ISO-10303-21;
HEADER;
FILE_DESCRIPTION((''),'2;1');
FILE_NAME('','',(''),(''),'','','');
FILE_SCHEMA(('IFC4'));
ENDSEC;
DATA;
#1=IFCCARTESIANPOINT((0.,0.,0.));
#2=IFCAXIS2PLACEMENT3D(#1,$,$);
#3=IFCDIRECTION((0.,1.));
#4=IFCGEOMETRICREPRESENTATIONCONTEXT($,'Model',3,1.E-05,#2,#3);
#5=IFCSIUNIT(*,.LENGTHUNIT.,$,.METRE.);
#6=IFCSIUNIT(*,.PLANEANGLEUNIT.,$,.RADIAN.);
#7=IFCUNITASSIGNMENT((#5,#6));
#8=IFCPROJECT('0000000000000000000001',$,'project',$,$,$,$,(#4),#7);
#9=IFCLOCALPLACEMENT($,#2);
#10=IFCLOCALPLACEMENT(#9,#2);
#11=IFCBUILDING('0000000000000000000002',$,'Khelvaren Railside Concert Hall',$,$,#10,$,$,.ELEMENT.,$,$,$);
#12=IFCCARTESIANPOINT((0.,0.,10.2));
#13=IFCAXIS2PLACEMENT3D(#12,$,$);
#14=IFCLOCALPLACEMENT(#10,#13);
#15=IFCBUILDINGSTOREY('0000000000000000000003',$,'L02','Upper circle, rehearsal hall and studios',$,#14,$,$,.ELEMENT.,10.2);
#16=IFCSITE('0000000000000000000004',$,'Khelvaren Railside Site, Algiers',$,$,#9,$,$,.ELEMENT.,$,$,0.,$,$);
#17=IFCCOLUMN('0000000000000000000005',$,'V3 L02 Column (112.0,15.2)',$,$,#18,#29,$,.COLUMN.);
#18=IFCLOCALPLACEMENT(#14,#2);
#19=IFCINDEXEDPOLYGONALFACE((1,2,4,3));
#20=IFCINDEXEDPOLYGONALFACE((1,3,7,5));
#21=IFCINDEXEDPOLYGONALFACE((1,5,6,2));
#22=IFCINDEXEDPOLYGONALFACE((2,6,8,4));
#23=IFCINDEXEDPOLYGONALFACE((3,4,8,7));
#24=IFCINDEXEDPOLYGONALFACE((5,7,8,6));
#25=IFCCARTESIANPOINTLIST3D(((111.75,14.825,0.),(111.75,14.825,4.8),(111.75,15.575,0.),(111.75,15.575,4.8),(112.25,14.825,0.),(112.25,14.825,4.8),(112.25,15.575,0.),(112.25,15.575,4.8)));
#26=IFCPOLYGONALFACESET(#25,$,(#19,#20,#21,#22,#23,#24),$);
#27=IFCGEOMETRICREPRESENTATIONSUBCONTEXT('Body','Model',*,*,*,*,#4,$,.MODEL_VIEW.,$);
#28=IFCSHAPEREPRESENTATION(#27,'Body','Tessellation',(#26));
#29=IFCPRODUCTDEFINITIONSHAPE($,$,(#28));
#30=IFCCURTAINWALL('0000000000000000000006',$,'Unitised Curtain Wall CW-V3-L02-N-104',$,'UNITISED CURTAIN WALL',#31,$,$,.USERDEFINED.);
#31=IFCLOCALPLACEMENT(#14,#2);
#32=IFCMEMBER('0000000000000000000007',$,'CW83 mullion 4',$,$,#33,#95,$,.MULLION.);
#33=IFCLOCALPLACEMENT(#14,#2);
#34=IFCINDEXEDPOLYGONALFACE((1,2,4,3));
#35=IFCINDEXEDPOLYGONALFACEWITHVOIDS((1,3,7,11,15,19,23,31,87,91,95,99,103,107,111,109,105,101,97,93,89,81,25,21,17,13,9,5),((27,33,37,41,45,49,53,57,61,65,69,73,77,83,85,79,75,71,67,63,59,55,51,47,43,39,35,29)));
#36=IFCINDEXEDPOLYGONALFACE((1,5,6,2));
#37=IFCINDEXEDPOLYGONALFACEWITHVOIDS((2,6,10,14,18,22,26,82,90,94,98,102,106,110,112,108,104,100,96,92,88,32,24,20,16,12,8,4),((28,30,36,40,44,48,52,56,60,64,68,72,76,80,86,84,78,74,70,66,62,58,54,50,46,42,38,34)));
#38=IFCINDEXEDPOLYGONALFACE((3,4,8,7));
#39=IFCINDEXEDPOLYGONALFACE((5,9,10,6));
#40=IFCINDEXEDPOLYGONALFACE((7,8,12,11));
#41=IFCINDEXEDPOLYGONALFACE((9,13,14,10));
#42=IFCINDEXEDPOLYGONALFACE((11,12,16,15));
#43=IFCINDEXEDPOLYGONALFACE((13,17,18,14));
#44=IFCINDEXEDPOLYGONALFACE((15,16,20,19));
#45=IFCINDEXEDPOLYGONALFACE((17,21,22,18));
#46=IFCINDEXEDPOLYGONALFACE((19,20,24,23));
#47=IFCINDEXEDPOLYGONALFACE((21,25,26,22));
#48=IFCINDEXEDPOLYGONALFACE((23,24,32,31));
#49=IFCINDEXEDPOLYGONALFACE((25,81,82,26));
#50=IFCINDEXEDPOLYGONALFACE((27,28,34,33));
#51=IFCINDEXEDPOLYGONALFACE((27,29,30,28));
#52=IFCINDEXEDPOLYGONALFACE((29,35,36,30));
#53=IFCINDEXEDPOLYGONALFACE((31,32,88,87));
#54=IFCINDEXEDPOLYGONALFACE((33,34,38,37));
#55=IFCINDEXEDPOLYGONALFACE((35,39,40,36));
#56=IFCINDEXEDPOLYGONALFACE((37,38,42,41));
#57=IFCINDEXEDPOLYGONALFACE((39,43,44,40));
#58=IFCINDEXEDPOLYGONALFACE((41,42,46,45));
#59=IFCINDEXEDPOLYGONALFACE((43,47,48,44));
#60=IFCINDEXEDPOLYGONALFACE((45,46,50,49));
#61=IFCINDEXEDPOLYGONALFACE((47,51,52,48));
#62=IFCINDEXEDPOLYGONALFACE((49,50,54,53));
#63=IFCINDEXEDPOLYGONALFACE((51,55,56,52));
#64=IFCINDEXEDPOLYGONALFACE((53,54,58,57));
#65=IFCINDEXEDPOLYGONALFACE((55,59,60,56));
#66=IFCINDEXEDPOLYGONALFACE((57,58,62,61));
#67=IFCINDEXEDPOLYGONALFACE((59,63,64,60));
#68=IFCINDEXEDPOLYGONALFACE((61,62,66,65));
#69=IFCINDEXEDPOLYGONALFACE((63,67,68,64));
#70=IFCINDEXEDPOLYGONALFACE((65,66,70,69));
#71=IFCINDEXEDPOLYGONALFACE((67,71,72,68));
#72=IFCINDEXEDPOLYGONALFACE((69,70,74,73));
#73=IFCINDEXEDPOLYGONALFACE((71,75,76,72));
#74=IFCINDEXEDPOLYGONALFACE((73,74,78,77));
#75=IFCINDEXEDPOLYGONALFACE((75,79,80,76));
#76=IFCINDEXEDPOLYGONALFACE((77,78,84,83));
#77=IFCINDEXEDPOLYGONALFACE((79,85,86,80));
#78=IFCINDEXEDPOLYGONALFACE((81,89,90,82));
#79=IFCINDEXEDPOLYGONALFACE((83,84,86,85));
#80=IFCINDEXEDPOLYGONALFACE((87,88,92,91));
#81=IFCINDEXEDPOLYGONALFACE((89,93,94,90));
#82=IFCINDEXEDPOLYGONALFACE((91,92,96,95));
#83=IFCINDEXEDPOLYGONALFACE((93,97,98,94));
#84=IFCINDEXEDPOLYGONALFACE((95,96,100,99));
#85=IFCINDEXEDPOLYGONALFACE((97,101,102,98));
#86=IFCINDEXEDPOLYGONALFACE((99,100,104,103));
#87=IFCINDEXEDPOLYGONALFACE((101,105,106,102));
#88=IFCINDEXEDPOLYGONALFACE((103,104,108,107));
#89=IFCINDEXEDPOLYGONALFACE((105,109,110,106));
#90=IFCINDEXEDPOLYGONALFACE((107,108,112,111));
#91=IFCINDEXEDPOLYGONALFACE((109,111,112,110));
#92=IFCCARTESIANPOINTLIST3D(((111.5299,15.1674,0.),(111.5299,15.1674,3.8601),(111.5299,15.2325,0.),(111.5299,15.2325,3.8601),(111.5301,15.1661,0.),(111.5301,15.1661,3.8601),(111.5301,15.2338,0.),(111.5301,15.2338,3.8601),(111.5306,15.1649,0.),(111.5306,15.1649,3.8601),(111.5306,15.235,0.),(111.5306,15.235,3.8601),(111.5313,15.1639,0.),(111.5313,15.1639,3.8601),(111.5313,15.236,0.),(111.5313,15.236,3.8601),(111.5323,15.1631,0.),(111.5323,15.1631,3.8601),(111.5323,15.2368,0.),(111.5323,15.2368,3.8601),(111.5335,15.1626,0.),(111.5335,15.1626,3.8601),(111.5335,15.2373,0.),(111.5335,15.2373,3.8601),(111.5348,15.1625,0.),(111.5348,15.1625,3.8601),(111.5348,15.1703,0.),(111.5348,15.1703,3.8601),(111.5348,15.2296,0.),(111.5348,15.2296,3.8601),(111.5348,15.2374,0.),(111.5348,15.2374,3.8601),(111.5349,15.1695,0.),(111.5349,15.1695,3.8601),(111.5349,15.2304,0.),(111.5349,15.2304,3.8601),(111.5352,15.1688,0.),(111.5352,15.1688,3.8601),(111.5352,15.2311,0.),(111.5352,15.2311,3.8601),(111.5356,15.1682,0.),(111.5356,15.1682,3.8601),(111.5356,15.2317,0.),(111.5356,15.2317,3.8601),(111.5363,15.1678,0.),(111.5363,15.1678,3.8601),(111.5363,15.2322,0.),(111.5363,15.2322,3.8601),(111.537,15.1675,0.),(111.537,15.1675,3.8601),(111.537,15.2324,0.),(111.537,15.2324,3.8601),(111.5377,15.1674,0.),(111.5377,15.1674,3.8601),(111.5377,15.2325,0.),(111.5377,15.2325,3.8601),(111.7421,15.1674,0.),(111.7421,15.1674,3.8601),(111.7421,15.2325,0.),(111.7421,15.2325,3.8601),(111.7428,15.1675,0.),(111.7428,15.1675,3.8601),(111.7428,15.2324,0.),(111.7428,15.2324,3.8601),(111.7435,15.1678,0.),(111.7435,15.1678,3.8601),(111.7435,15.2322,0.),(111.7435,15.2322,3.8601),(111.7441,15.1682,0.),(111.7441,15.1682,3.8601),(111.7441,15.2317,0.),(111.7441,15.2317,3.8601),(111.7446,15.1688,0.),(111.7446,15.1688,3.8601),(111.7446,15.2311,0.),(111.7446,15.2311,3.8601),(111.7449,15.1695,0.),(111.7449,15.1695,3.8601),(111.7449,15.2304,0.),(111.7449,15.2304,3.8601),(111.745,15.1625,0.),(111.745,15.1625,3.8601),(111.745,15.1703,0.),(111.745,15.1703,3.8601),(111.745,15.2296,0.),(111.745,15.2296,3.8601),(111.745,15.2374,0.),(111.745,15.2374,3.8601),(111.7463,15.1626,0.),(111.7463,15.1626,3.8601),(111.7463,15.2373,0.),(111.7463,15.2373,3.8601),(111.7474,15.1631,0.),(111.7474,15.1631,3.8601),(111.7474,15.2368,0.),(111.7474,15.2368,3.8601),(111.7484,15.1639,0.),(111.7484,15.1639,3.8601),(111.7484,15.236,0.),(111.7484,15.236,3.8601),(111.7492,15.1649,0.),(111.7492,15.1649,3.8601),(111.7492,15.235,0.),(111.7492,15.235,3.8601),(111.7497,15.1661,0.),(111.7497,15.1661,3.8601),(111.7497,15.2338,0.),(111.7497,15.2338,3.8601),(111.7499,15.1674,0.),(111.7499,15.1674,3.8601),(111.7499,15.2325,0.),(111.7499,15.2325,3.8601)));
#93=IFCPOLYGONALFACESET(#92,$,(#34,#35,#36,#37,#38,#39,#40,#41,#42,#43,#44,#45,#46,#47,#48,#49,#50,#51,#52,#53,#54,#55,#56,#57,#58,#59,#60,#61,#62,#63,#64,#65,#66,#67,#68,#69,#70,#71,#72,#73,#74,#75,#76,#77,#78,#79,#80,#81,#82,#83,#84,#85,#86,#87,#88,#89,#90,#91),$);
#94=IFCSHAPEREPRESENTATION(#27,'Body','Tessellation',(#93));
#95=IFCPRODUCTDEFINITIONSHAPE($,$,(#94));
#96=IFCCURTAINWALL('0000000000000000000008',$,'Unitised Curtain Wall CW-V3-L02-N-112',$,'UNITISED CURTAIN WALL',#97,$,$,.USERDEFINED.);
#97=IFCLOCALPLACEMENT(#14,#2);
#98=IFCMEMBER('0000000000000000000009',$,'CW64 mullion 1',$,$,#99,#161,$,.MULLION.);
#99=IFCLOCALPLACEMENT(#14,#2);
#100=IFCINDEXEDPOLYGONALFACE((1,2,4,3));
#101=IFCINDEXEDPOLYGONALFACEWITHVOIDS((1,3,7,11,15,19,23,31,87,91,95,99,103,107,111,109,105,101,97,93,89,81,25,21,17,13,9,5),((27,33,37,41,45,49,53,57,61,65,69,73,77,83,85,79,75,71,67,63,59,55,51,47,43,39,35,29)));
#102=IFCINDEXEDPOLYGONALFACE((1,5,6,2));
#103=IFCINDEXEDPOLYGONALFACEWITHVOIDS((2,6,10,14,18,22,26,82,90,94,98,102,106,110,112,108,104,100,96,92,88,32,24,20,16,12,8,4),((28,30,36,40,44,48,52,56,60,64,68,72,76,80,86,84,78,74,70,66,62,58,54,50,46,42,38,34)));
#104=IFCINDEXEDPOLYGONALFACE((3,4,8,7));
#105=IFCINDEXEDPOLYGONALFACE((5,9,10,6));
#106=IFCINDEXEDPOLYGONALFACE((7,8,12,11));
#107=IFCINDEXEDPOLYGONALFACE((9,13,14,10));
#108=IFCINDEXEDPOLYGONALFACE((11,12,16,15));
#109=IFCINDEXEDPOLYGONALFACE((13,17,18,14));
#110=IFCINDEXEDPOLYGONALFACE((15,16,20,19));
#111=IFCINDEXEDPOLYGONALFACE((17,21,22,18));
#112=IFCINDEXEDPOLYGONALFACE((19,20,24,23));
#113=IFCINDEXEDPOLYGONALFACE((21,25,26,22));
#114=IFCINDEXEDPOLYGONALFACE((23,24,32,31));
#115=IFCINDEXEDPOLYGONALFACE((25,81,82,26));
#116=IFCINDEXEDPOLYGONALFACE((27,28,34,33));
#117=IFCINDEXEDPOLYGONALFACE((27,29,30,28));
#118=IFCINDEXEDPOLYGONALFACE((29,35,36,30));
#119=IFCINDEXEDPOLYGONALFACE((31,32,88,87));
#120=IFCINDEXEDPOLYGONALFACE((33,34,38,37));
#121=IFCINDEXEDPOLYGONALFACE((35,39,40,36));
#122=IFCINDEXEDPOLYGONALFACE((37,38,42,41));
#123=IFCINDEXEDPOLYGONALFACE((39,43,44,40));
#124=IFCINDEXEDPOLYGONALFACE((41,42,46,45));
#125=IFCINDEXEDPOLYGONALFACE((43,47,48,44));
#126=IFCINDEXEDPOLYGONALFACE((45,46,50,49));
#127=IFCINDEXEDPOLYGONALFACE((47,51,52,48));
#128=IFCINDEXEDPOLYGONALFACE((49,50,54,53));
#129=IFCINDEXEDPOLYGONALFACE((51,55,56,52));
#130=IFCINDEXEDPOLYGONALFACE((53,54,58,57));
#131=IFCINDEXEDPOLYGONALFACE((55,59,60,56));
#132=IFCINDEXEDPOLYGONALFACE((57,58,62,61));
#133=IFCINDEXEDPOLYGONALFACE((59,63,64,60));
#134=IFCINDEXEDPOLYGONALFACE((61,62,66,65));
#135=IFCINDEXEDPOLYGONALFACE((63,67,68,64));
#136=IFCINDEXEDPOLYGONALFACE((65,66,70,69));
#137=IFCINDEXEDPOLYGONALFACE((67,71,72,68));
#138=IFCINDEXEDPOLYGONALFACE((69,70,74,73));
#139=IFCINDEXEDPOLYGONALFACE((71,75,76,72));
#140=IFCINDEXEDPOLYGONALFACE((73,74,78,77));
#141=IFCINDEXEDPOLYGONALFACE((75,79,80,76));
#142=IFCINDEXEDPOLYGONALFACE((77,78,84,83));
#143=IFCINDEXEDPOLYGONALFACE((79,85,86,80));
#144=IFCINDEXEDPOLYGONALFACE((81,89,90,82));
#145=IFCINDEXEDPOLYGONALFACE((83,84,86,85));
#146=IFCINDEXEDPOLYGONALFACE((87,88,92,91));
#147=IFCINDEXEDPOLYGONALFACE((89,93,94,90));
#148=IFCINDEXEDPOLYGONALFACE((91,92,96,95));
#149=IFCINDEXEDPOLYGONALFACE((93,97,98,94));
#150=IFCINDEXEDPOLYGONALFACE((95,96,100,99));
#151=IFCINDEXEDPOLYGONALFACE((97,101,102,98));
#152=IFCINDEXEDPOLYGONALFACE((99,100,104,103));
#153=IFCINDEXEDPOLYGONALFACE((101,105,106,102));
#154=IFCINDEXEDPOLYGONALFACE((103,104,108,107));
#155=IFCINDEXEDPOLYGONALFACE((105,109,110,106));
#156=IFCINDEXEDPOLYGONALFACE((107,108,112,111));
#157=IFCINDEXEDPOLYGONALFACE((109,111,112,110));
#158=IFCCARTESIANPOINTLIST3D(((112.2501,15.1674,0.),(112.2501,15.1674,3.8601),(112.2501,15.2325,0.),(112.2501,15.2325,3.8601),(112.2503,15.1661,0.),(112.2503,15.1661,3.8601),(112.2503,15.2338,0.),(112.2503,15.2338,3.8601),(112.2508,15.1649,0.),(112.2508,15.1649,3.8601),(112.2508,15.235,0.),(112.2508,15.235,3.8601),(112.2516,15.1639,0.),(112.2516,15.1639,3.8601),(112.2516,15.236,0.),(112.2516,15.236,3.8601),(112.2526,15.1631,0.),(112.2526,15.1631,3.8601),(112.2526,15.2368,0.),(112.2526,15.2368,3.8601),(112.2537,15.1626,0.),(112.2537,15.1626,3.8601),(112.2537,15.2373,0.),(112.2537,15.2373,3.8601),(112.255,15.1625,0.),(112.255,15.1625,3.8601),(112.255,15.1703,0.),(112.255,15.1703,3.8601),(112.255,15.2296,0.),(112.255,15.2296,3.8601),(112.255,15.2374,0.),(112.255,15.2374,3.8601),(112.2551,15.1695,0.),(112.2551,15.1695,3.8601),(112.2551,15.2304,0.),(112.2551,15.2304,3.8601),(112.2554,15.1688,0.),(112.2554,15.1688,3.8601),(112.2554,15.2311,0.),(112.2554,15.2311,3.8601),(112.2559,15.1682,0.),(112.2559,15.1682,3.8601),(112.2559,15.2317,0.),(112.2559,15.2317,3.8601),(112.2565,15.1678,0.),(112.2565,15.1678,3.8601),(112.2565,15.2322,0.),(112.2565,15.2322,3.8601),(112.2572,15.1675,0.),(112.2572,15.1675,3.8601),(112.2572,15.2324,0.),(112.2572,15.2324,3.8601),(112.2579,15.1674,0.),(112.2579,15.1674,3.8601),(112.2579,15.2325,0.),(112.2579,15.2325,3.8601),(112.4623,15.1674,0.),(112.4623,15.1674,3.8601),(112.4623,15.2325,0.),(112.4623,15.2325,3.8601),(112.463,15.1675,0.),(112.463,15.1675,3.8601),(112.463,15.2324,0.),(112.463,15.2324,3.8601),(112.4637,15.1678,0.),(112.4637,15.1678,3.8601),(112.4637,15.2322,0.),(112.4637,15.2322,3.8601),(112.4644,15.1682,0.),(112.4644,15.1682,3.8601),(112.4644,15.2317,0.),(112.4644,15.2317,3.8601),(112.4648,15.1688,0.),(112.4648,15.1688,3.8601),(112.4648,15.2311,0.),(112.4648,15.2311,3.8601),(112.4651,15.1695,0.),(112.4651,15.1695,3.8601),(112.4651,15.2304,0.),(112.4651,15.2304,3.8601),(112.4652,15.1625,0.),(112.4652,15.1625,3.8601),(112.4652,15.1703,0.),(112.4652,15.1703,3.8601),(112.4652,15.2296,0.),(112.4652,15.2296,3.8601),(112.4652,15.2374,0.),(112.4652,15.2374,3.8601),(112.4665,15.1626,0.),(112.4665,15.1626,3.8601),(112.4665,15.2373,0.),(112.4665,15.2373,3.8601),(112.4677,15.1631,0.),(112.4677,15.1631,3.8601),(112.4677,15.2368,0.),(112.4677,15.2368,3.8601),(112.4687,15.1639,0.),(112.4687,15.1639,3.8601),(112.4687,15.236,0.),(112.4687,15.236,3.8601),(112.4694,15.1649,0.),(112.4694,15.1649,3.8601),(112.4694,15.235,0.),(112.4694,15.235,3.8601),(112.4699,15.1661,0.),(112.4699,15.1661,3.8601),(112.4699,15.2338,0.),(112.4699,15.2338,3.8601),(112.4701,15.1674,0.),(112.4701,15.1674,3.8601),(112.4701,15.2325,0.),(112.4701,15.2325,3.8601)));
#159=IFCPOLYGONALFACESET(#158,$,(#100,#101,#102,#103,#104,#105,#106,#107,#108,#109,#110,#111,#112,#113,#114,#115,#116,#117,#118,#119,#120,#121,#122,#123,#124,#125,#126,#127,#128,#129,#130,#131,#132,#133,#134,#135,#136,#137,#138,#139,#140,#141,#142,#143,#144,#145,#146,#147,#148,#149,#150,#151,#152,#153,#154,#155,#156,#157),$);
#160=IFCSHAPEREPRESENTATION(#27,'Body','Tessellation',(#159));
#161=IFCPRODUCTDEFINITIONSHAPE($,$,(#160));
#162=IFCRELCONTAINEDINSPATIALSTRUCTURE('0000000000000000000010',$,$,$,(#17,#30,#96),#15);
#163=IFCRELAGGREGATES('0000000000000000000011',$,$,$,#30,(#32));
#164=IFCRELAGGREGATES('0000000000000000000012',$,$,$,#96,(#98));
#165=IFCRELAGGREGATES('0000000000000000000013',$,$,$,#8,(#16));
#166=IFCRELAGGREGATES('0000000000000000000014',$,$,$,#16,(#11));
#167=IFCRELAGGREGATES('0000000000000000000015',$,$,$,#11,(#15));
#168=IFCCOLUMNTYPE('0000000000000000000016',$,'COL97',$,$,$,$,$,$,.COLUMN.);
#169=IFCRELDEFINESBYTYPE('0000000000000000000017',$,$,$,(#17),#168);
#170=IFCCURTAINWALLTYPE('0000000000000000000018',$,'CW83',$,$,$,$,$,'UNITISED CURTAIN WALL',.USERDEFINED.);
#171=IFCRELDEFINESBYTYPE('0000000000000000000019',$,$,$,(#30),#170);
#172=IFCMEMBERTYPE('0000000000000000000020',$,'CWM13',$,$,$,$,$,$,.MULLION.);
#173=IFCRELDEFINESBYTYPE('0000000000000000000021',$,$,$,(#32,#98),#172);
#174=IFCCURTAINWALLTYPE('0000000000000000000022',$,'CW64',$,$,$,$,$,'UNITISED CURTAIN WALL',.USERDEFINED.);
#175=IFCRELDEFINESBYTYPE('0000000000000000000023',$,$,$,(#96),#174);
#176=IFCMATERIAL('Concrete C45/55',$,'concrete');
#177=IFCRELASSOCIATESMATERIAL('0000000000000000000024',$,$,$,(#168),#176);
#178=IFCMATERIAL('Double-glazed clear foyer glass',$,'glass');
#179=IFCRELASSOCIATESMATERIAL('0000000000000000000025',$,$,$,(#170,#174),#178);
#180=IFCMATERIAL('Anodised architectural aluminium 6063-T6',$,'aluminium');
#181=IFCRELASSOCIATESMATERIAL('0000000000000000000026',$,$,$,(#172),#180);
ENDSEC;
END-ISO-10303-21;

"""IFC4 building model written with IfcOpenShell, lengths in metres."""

from ifc_helpers import new_model, si_unit, direction, frame, origin, origin_2d, place, context, subcontext, project, spatial, rectangle, hollow_rectangle, extrude, material, material_profile, profile_set, type_object, element, aggregate, save


model = new_model("IFC4")

# Units and contexts
model_context = context("Model", 3, precision=1e-05, world=origin(), true_north=direction((0.0, 1.0)))
body_context = subcontext(model_context, "Body", "Model", "MODEL_VIEW")
ifc_project = project(units=[si_unit("LENGTHUNIT", "METRE"), si_unit("PLANEANGLEUNIT", "RADIAN")], contexts=[model_context])

# Site, building, storey
site_placement = place(None, origin())
site = spatial("IfcSite", under=ifc_project, at=site_placement, Name="Khelvaren Railside Site, Algiers", CompositionType="ELEMENT", RefElevation=0.0)
building_placement = place(site_placement, origin())
building = spatial("IfcBuilding", under=site, at=building_placement, Name="Khelvaren Railside Concert Hall", CompositionType="ELEMENT")
storey_placement = place(building_placement, frame((0.0, 0.0, 10.2)))
storey = spatial("IfcBuildingStorey", under=building, at=storey_placement, Name="L02", Description="Upper circle, rehearsal hall and studios", CompositionType="ELEMENT", Elevation=10.2)

# Column
ifc_material_1 = material(Name="Concrete C45/55", Category="concrete")
ifc_material_profile_1 = material_profile(ifc_material_1, rectangle(XDim=0.5, YDim=0.75, at=origin_2d()), Name="RC 500x750")
ifc_profile_set_1 = profile_set([ifc_material_profile_1], Name="Concrete C45/55")
column_type = type_object("IfcColumnType", Name="COL97", PredefinedType="COLUMN", material=ifc_profile_set_1)
column_placement = place(storey_placement, frame((112.0, 15.2, 0.0), z_axis=(0.0, 0.0, 1.0), x_axis=(1.0, 0.0, 0.0)))
element("IfcColumn", 1, at=column_placement, inside=storey, type_object=column_type, Name="V3 L02 Column (112.0,15.2)", PredefinedType="COLUMN", context=body_context, shape_type="SweptSolid", body=[
    extrude(rectangle(XDim=0.5, YDim=0.75, at=origin_2d()), origin(), (0.0, 0.0, 1.0), 4.8),
])

# Curtain wall, member
ifc_material_2 = material(Name="Double-glazed clear foyer glass", Category="glass")
curtain_wall_type_1 = type_object("IfcCurtainWallType", Name="CW83", ElementType="UNITISED CURTAIN WALL", PredefinedType="USERDEFINED", material=ifc_material_2)
curtain_wall_1_placement = place(storey_placement, origin())
curtain_wall_1 = element("IfcCurtainWall", 2, at=curtain_wall_1_placement, inside=storey, type_object=curtain_wall_type_1, Name="Unitised Curtain Wall CW-V3-L02-N-104", ObjectType="UNITISED CURTAIN WALL", PredefinedType="USERDEFINED")
ifc_material_3 = material(Name="Anodised architectural aluminium 6063-T6", Category="aluminium")
ifc_material_profile_2 = material_profile(ifc_material_3, hollow_rectangle(XDim=0.075, YDim=0.22, WallThickness=0.0049, InnerFilletRadius=0.0029, OuterFilletRadius=0.0049, at=origin_2d()), Name="CWM 75x220x5")
ifc_profile_set_2 = profile_set([ifc_material_profile_2], Name="Anodised architectural aluminium 6063-T6")
member_type_1 = type_object("IfcMemberType", Name="CWM13", PredefinedType="MULLION", material=ifc_profile_set_2)
member_1_placement = place(storey_placement, frame((111.6399, 15.2, 0.0), z_axis=(0.0, 0.0, 1.0), x_axis=(0.0, 1.0, 0.0)))
member_1 = element("IfcMember", 3, at=member_1_placement, type_object=member_type_1, Name="CW83 mullion 4", PredefinedType="MULLION", context=body_context, shape_type="SweptSolid", body=[
    extrude(hollow_rectangle(XDim=0.075, YDim=0.22, WallThickness=0.0049, InnerFilletRadius=0.0029, OuterFilletRadius=0.0049, at=origin_2d()), origin(), (0.0, 0.0, 1.0), 3.8601),
])

# Curtain wall, member
curtain_wall_type_2 = type_object("IfcCurtainWallType", Name="CW64", ElementType="UNITISED CURTAIN WALL", PredefinedType="USERDEFINED", material=ifc_material_2)
curtain_wall_2_placement = place(storey_placement, origin())
curtain_wall_2 = element("IfcCurtainWall", 4, at=curtain_wall_2_placement, inside=storey, type_object=curtain_wall_type_2, Name="Unitised Curtain Wall CW-V3-L02-N-112", ObjectType="UNITISED CURTAIN WALL", PredefinedType="USERDEFINED")
member_2_placement = place(storey_placement, frame((112.3601, 15.2, 0.0), z_axis=(0.0, 0.0, 1.0), x_axis=(0.0, 1.0, 0.0)))
member_2 = element("IfcMember", 5, at=member_2_placement, type_object=member_type_1, Name="CW64 mullion 1", PredefinedType="MULLION", context=body_context, shape_type="SweptSolid", body=[
    extrude(hollow_rectangle(XDim=0.075, YDim=0.22, WallThickness=0.0049, InnerFilletRadius=0.0029, OuterFilletRadius=0.0049, at=origin_2d()), origin(), (0.0, 0.0, 1.0), 3.8601),
])

aggregate(curtain_wall_1, [member_1])
aggregate(curtain_wall_2, [member_2])

save(model, "model.ifc")
